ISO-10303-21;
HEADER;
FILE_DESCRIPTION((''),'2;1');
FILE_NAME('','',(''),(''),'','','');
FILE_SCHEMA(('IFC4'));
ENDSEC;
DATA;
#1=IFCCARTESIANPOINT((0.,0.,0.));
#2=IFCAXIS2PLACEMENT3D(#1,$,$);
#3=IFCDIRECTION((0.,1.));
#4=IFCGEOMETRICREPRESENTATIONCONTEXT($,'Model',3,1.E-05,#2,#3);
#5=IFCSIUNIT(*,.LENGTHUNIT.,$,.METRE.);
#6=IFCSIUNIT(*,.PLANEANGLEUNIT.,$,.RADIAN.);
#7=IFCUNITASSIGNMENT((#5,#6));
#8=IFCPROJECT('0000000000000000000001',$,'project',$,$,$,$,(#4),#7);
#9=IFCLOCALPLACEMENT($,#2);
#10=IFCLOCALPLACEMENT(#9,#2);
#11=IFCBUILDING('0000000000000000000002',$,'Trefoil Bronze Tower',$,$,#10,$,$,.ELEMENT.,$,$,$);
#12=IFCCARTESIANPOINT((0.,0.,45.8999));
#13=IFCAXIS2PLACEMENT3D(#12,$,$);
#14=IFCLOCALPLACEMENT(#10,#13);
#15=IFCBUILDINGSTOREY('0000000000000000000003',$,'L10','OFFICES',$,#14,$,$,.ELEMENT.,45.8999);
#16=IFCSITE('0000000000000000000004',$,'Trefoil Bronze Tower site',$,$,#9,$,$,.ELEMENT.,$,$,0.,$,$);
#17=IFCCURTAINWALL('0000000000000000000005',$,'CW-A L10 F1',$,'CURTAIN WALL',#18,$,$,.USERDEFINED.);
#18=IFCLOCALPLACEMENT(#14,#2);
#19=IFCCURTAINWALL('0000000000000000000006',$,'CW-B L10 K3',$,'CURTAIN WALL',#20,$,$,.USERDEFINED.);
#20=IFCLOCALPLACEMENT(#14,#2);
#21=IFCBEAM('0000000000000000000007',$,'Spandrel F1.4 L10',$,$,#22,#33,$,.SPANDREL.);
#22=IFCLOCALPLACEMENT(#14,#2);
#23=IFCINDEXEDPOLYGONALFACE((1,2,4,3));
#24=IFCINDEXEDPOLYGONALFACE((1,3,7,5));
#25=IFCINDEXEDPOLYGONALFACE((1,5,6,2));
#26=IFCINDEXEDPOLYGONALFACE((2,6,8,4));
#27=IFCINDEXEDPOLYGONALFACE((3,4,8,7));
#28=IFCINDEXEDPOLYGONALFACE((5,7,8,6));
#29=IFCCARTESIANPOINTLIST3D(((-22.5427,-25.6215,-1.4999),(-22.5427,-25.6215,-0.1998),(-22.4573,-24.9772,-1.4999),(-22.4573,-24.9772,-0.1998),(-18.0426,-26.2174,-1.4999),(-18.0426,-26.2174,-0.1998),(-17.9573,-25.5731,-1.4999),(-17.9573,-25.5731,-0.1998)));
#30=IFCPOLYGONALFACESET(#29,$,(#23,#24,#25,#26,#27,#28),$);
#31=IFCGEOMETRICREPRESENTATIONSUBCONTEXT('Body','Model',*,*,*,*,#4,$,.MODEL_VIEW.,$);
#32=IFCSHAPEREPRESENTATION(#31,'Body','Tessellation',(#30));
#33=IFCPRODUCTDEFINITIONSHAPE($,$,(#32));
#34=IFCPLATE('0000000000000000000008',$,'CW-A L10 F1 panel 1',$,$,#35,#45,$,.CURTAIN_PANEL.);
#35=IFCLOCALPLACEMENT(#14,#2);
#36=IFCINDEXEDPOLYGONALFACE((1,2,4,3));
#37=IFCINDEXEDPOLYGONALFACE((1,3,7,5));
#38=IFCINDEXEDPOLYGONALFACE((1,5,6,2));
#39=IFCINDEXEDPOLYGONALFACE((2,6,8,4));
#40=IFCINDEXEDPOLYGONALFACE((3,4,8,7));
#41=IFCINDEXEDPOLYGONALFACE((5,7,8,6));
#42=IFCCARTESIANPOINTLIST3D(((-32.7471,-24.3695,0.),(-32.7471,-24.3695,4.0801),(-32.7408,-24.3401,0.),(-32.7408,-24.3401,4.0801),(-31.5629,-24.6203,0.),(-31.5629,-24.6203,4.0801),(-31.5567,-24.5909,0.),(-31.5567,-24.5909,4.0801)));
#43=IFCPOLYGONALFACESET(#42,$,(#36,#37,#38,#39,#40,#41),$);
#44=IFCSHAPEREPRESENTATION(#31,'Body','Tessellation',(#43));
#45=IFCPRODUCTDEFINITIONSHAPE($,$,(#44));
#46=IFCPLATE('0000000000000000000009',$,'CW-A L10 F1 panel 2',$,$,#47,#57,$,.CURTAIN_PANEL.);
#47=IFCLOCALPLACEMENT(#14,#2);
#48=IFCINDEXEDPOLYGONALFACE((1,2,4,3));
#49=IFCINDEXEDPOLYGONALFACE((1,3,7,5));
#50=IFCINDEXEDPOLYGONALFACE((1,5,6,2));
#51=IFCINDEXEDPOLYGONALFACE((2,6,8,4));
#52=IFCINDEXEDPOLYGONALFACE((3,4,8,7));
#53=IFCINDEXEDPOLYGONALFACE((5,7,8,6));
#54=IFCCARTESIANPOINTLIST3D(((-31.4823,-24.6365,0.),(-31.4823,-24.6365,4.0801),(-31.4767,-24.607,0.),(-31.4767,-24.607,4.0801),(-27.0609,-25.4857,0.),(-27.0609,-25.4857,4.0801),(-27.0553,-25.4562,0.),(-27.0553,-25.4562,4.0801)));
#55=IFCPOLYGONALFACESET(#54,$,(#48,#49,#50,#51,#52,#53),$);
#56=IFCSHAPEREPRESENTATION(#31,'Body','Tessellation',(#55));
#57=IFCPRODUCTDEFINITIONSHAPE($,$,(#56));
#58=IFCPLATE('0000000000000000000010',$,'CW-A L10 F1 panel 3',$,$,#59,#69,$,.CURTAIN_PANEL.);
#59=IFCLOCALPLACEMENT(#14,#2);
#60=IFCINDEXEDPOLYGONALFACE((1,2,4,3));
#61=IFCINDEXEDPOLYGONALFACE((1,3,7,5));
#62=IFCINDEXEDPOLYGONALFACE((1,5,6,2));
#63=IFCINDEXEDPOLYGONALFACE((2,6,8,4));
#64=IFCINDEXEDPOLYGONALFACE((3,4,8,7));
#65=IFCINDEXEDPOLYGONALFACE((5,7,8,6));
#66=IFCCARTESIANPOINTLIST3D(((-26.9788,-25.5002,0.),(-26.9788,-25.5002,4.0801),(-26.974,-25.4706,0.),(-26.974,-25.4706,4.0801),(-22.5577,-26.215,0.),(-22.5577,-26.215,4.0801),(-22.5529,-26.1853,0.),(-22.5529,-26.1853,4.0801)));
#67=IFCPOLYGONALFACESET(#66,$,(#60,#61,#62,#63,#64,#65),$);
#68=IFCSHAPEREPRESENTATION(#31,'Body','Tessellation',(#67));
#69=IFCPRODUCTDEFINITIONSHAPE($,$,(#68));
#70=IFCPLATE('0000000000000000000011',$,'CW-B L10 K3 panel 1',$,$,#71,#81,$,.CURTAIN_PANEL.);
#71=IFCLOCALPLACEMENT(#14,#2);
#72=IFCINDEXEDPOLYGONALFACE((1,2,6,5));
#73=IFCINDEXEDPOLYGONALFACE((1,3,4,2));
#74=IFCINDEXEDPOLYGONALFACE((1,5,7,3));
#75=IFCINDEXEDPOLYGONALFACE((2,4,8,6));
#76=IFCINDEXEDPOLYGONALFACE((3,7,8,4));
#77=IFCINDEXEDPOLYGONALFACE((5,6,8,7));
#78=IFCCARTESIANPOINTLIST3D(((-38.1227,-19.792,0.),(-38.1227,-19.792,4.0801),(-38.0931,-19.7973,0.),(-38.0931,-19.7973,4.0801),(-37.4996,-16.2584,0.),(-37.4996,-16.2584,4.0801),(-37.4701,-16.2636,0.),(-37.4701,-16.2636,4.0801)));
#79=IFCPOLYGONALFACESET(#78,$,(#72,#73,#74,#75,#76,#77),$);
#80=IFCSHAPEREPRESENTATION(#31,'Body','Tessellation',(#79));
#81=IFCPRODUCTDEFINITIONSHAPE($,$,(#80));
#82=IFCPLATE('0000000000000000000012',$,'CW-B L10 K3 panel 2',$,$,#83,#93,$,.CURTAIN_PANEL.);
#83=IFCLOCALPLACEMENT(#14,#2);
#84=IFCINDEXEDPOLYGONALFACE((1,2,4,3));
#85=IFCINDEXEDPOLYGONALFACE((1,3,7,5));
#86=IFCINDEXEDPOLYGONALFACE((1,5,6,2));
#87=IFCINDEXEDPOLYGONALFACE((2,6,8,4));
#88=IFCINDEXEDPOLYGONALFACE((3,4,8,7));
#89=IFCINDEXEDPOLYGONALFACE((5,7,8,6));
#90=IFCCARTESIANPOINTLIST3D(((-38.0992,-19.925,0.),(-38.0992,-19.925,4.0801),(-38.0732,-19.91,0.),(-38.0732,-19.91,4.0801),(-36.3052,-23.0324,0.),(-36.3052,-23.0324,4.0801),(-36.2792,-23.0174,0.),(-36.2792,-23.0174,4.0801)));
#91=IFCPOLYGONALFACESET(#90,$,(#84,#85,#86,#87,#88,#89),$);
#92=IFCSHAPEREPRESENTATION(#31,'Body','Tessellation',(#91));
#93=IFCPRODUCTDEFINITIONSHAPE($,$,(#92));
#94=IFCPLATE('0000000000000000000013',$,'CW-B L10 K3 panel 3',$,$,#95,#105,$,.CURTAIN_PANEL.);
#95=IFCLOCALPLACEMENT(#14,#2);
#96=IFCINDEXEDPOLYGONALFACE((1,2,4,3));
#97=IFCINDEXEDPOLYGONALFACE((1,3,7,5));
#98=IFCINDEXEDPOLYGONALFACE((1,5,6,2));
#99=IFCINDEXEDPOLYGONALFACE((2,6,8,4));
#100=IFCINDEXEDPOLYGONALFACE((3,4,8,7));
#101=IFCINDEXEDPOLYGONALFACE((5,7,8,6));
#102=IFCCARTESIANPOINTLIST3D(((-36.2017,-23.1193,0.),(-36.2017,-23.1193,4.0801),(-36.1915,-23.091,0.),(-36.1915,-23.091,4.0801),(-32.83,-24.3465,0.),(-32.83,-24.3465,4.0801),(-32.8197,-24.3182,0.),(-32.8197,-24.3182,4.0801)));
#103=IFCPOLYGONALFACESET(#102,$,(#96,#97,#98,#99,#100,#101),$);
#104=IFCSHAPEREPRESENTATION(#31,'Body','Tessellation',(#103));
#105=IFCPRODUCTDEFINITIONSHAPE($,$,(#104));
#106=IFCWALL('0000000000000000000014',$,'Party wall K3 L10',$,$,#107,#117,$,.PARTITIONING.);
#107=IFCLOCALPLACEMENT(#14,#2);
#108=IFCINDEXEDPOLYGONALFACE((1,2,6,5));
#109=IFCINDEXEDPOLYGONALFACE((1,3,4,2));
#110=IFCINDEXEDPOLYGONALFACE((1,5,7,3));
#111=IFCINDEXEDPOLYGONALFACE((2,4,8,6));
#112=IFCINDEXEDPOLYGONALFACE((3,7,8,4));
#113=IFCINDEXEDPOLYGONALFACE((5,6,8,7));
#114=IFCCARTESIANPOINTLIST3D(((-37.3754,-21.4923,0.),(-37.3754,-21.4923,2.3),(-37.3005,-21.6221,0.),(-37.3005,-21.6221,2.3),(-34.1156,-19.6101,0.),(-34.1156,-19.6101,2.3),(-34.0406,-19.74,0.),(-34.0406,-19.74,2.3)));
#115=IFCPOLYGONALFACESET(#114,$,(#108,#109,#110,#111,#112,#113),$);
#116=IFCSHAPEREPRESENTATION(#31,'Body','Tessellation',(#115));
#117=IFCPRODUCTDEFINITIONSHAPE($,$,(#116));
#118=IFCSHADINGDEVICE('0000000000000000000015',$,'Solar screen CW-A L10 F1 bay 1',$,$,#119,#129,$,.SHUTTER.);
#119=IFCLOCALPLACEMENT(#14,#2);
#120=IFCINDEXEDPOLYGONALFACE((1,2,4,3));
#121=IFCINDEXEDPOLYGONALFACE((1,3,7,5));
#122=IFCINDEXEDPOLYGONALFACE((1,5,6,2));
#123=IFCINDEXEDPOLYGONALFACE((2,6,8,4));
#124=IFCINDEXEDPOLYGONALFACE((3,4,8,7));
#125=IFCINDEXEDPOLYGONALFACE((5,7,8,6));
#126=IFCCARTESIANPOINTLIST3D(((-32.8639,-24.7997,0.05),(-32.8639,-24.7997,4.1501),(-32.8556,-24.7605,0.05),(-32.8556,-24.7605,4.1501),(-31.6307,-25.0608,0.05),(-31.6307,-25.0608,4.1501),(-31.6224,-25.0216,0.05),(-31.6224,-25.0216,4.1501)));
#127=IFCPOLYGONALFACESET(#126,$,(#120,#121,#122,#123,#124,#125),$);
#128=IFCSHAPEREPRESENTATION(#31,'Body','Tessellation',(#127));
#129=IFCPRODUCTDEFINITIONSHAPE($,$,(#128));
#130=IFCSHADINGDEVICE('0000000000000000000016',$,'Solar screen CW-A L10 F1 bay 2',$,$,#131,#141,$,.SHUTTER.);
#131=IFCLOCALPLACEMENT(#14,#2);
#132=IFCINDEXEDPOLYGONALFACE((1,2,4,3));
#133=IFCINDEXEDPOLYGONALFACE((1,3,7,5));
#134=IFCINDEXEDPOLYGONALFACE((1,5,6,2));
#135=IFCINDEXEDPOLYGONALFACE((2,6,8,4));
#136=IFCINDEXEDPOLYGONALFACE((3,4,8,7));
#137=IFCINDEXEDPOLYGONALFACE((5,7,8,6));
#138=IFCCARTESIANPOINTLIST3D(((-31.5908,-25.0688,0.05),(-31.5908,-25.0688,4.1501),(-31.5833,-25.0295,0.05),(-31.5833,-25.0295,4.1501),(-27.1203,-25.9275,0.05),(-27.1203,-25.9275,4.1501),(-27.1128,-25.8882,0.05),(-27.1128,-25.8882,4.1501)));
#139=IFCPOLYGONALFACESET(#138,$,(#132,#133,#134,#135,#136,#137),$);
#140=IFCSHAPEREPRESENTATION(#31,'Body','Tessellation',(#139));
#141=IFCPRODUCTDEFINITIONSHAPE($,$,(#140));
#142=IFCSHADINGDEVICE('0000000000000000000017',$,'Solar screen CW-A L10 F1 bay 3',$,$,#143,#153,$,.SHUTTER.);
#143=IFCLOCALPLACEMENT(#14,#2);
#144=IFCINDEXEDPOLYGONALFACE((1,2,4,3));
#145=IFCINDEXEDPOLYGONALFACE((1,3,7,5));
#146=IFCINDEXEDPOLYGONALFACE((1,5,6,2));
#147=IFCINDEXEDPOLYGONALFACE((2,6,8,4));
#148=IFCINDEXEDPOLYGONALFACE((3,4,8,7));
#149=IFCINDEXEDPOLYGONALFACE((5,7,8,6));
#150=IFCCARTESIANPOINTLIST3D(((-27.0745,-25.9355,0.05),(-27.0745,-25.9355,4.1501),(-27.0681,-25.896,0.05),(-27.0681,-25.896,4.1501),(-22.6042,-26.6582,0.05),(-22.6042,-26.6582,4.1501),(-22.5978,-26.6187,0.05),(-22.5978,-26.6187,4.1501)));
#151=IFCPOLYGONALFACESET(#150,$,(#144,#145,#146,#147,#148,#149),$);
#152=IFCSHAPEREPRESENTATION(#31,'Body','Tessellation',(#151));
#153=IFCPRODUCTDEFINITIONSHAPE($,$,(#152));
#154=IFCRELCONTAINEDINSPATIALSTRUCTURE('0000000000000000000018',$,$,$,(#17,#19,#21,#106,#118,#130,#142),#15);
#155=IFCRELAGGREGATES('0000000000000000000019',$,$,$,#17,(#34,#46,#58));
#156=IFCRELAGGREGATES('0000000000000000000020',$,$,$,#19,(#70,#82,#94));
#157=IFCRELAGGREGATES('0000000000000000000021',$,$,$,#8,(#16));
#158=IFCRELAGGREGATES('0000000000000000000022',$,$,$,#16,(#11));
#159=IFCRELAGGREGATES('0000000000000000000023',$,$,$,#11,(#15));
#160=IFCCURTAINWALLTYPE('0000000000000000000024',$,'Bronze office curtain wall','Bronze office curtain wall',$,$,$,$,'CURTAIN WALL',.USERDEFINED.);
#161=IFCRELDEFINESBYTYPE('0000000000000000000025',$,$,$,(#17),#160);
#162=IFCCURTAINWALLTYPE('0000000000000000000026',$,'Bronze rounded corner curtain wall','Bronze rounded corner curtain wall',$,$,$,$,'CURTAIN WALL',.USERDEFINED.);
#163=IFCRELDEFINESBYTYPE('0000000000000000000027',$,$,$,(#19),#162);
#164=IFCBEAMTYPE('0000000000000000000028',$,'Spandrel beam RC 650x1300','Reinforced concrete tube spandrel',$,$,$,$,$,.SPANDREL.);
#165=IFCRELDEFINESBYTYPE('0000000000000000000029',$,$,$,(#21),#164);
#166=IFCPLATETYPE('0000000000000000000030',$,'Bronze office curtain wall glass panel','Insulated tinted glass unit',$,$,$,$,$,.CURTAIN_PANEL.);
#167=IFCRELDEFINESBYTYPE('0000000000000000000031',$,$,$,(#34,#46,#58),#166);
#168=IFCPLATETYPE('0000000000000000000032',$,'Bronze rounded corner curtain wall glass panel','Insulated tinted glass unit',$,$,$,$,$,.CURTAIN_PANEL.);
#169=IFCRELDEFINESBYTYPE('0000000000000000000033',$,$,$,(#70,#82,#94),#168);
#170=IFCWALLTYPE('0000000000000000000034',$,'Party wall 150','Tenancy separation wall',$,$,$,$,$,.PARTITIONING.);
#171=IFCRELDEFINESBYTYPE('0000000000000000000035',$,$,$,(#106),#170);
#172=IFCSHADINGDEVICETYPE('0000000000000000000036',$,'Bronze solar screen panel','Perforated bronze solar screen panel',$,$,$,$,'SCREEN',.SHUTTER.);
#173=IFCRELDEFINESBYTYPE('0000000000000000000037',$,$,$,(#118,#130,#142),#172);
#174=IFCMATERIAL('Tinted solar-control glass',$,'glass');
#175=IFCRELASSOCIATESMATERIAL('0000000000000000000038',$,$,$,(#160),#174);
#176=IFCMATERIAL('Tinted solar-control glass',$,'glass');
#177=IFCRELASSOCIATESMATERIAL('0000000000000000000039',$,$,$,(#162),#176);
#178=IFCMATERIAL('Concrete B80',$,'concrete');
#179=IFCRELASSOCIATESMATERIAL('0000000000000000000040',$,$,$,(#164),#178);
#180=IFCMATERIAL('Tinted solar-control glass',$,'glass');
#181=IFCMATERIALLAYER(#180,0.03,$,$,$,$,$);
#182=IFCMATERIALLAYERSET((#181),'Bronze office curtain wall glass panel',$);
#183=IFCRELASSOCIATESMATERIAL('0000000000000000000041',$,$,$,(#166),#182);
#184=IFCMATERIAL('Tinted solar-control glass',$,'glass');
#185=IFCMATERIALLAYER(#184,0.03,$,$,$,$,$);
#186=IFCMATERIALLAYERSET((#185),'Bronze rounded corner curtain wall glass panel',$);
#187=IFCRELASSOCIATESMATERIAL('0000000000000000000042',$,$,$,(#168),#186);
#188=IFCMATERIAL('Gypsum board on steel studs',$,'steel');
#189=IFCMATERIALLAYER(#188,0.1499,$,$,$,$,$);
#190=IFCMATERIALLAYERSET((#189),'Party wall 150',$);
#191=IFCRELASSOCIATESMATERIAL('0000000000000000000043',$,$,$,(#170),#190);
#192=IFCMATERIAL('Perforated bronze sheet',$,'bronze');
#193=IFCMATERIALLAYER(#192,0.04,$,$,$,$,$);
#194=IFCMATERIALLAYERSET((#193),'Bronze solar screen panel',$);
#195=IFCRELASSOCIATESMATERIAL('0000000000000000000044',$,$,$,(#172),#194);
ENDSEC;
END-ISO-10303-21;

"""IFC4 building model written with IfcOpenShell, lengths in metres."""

from ifc_helpers import new_model, si_unit, direction, frame, frame_2d, origin, origin_2d, place, context, subcontext, project, spatial, rectangle, extrude, material, layer, layer_set, material_profile, profile_set, type_object, element, aggregate, save


model = new_model("IFC4")

# Units and contexts
model_context = context("Model", 3, precision=1e-05, world=origin(), true_north=direction((0.0, 1.0)))
body_context = subcontext(model_context, "Body", "Model", "MODEL_VIEW")
ifc_project = project(units=[si_unit("LENGTHUNIT", "METRE"), si_unit("PLANEANGLEUNIT", "RADIAN")], contexts=[model_context])

# Site, building, storey
site_placement = place(None, origin())
site = spatial("IfcSite", under=ifc_project, at=site_placement, Name="Trefoil Bronze Tower site", CompositionType="ELEMENT", RefElevation=0.0)
building_placement = place(site_placement, origin())
building = spatial("IfcBuilding", under=site, at=building_placement, Name="Trefoil Bronze Tower", CompositionType="ELEMENT")
storey_placement = place(building_placement, frame((0.0, 0.0, 45.8999)))
storey = spatial("IfcBuildingStorey", under=building, at=storey_placement, Name="L10", Description="OFFICES", CompositionType="ELEMENT", Elevation=45.8999)

# Curtain walls
ifc_material_1 = material(Name="Tinted solar-control glass", Category="glass")
curtain_wall_type_1 = type_object("IfcCurtainWallType", Name="Bronze office curtain wall", Description="Bronze office curtain wall", ElementType="CURTAIN WALL", PredefinedType="USERDEFINED", material=ifc_material_1)
curtain_wall_1_placement = place(storey_placement, origin())
curtain_wall_1 = element("IfcCurtainWall", 1, at=curtain_wall_1_placement, inside=storey, type_object=curtain_wall_type_1, Name="CW-A L10 F1", ObjectType="CURTAIN WALL", PredefinedType="USERDEFINED")
ifc_material_2 = material(Name="Tinted solar-control glass", Category="glass")
curtain_wall_type_2 = type_object("IfcCurtainWallType", Name="Bronze rounded corner curtain wall", Description="Bronze rounded corner curtain wall", ElementType="CURTAIN WALL", PredefinedType="USERDEFINED", material=ifc_material_2)
curtain_wall_2_placement = place(storey_placement, origin())
curtain_wall_2 = element("IfcCurtainWall", 2, at=curtain_wall_2_placement, inside=storey, type_object=curtain_wall_type_2, Name="CW-B L10 K3", ObjectType="CURTAIN WALL", PredefinedType="USERDEFINED")

# Beam
ifc_material_3 = material(Name="Concrete B80", Category="concrete")
ifc_material_profile_1 = material_profile(ifc_material_3, rectangle(XDim=0.6499, YDim=1.3, at=origin_2d()), Name="RC 650x1300")
ifc_profile_set_1 = profile_set([ifc_material_profile_1], Name="Concrete B80")
beam_type_1 = type_object("IfcBeamType", Name="Spandrel beam RC 650x1300", Description="Reinforced concrete tube spandrel", PredefinedType="SPANDREL", material=ifc_profile_set_1)
beam_1_placement = place(storey_placement, frame((-22.5, -25.2993, -0.8499), z_axis=(0.991344, -0.131286, 0.0), x_axis=(0.131286, 0.991344, 0.0)))
element("IfcBeam", 3, at=beam_1_placement, inside=storey, type_object=beam_type_1, Name="Spandrel F1.4 L10", PredefinedType="SPANDREL", context=body_context, shape_type="SweptSolid", body=[
    extrude(rectangle(XDim=0.6499, YDim=1.3, at=origin_2d()), origin(), (0.0, 0.0, 1.0), 4.5393),
])

# Plates
ifc_material_4 = material(Name="Tinted solar-control glass", Category="glass")
ifc_layer_1 = layer(ifc_material_4, 0.03)
ifc_layer_set_1 = layer_set([ifc_layer_1], Name="Bronze office curtain wall glass panel")
plate_type_1 = type_object("IfcPlateType", Name="Bronze office curtain wall glass panel", Description="Insulated tinted glass unit", PredefinedType="CURTAIN_PANEL", material=ifc_layer_set_1)
plate_1_placement = place(storey_placement, frame((-32.1519, -24.4802, 0.0), z_axis=(0.0, 0.0, 1.0), x_axis=(0.978303, -0.207181, 0.0)))
plate_1 = element("IfcPlate", 4, at=plate_1_placement, type_object=plate_type_1, Name="CW-A L10 F1 panel 1", PredefinedType="CURTAIN_PANEL", context=body_context, shape_type="SweptSolid", body=[
    extrude(rectangle(XDim=1.2104, YDim=0.03, at=origin_2d()), origin(), (0.0, 0.0, 1.0), 4.0801),
])
plate_2_placement = place(storey_placement, frame((-29.2688, -25.0464, 0.0), z_axis=(0.0, 0.0, 1.0), x_axis=(0.98205, -0.188622, 0.0)))
plate_2 = element("IfcPlate", 5, at=plate_2_placement, type_object=plate_type_1, Name="CW-A L10 F1 panel 2", PredefinedType="CURTAIN_PANEL", context=body_context, shape_type="SweptSolid", body=[
    extrude(rectangle(XDim=4.5022, YDim=0.03, at=origin_2d()), origin(), (0.0, 0.0, 1.0), 4.0801),
])
plate_3_placement = place(storey_placement, frame((-24.7659, -25.8428, 0.0), z_axis=(0.0, 0.0, 1.0), x_axis=(0.987181, -0.159603, 0.0)))
plate_3 = element("IfcPlate", 6, at=plate_3_placement, type_object=plate_type_1, Name="CW-A L10 F1 panel 3", PredefinedType="CURTAIN_PANEL", context=body_context, shape_type="SweptSolid", body=[
    extrude(rectangle(XDim=4.4785, YDim=0.03, at=origin_2d()), origin(), (0.0, 0.0, 1.0), 4.0801),
])
aggregate(curtain_wall_1, [plate_1, plate_2, plate_3])
ifc_material_5 = material(Name="Tinted solar-control glass", Category="glass")
ifc_layer_2 = layer(ifc_material_5, 0.03)
ifc_layer_set_2 = layer_set([ifc_layer_2], Name="Bronze rounded corner curtain wall glass panel")
plate_type_2 = type_object("IfcPlateType", Name="Bronze rounded corner curtain wall glass panel", Description="Insulated tinted glass unit", PredefinedType="CURTAIN_PANEL", material=ifc_layer_set_2)
plate_4_placement = place(storey_placement, frame((-37.7964, -18.0278, 0.0), z_axis=(0.0, 0.0, 1.0), x_axis=(-0.173648, -0.984808, 0.0)))
plate_4 = element("IfcPlate", 7, at=plate_4_placement, type_object=plate_type_2, Name="CW-B L10 K3 panel 1", PredefinedType="CURTAIN_PANEL", context=body_context, shape_type="SweptSolid", body=[
    extrude(rectangle(XDim=3.5881, YDim=0.03, at=origin_2d()), origin(), (0.0, 0.0, 1.0), 4.0801),
])
plate_5_placement = place(storey_placement, frame((-37.1892, -21.4712, 0.0), z_axis=(0.0, 0.0, 1.0), x_axis=(0.5, -0.866025, 0.0)))
plate_5 = element("IfcPlate", 8, at=plate_5_placement, type_object=plate_type_2, Name="CW-B L10 K3 panel 2", PredefinedType="CURTAIN_PANEL", context=body_context, shape_type="SweptSolid", body=[
    extrude(rectangle(XDim=3.5881, YDim=0.03, at=origin_2d()), origin(), (0.0, 0.0, 1.0), 4.0801),
])
plate_6_placement = place(storey_placement, frame((-34.5107, -23.7188, 0.0), z_axis=(0.0, 0.0, 1.0), x_axis=(0.939693, -0.34202, 0.0)))
plate_6 = element("IfcPlate", 9, at=plate_6_placement, type_object=plate_type_2, Name="CW-B L10 K3 panel 3", PredefinedType="CURTAIN_PANEL", context=body_context, shape_type="SweptSolid", body=[
    extrude(rectangle(XDim=3.5881, YDim=0.03, at=origin_2d()), origin(), (0.0, 0.0, 1.0), 4.0801),
])
aggregate(curtain_wall_2, [plate_4, plate_5, plate_6])

# Wall
ifc_material_6 = material(Name="Gypsum board on steel studs", Category="steel")
ifc_layer_3 = layer(ifc_material_6, 0.1499)
ifc_layer_set_3 = layer_set([ifc_layer_3], Name="Party wall 150")
wall_type = type_object("IfcWallType", Name="Party wall 150", Description="Tenancy separation wall", PredefinedType="PARTITIONING", material=ifc_layer_set_3)
wall_placement = place(storey_placement, frame((-34.0781, -19.675, 0.0), z_axis=(0.0, 0.0, 1.0), x_axis=(-0.866019, -0.500011, 0.0)))
element("IfcWall", 10, at=wall_placement, inside=storey, type_object=wall_type, Name="Party wall K3 L10", PredefinedType="PARTITIONING", context=body_context, shape_type="SweptSolid", body=[
    extrude(rectangle(XDim=3.7642, YDim=0.1499, at=frame_2d((1.8821, 0.0))), origin(), (0.0, 0.0, 1.0), 2.3),
])

# Shading devices
ifc_material_7 = material(Name="Perforated bronze sheet", Category="bronze")
ifc_layer_4 = layer(ifc_material_7, 0.04)
ifc_layer_set_4 = layer_set([ifc_layer_4], Name="Bronze solar screen panel")
shading_device_type = type_object("IfcShadingDeviceType", Name="Bronze solar screen panel", Description="Perforated bronze solar screen panel", ElementType="SCREEN", PredefinedType="SHUTTER", material=ifc_layer_set_4)
shading_device_1_placement = place(storey_placement, frame((-32.2432, -24.9106, 0.05), z_axis=(0.0, 0.0, 1.0), x_axis=(0.978303, -0.207181, 0.0)))
element("IfcShadingDevice", 11, at=shading_device_1_placement, inside=storey, type_object=shading_device_type, Name="Solar screen CW-A L10 F1 bay 1", PredefinedType="SHUTTER", context=body_context, shape_type="SweptSolid", body=[
    extrude(rectangle(XDim=1.2605, YDim=0.04, at=origin_2d()), origin(), (0.0, 0.0, 1.0), 4.1001),
])
shading_device_2_placement = place(storey_placement, frame((-29.3518, -25.4785, 0.05), z_axis=(0.0, 0.0, 1.0), x_axis=(0.98205, -0.188622, 0.0)))
element("IfcShadingDevice", 12, at=shading_device_2_placement, inside=storey, type_object=shading_device_type, Name="Solar screen CW-A L10 F1 bay 2", PredefinedType="SHUTTER", context=body_context, shape_type="SweptSolid", body=[
    extrude(rectangle(XDim=4.5522, YDim=0.04, at=origin_2d()), origin(), (0.0, 0.0, 1.0), 4.1001),
])
shading_device_3_placement = place(storey_placement, frame((-24.8362, -26.2771, 0.05), z_axis=(0.0, 0.0, 1.0), x_axis=(0.987181, -0.159603, 0.0)))
element("IfcShadingDevice", 13, at=shading_device_3_placement, inside=storey, type_object=shading_device_type, Name="Solar screen CW-A L10 F1 bay 3", PredefinedType="SHUTTER", context=body_context, shape_type="SweptSolid", body=[
    extrude(rectangle(XDim=4.5283, YDim=0.04, at=origin_2d()), origin(), (0.0, 0.0, 1.0), 4.1001),
])

save(model, "model.ifc")
